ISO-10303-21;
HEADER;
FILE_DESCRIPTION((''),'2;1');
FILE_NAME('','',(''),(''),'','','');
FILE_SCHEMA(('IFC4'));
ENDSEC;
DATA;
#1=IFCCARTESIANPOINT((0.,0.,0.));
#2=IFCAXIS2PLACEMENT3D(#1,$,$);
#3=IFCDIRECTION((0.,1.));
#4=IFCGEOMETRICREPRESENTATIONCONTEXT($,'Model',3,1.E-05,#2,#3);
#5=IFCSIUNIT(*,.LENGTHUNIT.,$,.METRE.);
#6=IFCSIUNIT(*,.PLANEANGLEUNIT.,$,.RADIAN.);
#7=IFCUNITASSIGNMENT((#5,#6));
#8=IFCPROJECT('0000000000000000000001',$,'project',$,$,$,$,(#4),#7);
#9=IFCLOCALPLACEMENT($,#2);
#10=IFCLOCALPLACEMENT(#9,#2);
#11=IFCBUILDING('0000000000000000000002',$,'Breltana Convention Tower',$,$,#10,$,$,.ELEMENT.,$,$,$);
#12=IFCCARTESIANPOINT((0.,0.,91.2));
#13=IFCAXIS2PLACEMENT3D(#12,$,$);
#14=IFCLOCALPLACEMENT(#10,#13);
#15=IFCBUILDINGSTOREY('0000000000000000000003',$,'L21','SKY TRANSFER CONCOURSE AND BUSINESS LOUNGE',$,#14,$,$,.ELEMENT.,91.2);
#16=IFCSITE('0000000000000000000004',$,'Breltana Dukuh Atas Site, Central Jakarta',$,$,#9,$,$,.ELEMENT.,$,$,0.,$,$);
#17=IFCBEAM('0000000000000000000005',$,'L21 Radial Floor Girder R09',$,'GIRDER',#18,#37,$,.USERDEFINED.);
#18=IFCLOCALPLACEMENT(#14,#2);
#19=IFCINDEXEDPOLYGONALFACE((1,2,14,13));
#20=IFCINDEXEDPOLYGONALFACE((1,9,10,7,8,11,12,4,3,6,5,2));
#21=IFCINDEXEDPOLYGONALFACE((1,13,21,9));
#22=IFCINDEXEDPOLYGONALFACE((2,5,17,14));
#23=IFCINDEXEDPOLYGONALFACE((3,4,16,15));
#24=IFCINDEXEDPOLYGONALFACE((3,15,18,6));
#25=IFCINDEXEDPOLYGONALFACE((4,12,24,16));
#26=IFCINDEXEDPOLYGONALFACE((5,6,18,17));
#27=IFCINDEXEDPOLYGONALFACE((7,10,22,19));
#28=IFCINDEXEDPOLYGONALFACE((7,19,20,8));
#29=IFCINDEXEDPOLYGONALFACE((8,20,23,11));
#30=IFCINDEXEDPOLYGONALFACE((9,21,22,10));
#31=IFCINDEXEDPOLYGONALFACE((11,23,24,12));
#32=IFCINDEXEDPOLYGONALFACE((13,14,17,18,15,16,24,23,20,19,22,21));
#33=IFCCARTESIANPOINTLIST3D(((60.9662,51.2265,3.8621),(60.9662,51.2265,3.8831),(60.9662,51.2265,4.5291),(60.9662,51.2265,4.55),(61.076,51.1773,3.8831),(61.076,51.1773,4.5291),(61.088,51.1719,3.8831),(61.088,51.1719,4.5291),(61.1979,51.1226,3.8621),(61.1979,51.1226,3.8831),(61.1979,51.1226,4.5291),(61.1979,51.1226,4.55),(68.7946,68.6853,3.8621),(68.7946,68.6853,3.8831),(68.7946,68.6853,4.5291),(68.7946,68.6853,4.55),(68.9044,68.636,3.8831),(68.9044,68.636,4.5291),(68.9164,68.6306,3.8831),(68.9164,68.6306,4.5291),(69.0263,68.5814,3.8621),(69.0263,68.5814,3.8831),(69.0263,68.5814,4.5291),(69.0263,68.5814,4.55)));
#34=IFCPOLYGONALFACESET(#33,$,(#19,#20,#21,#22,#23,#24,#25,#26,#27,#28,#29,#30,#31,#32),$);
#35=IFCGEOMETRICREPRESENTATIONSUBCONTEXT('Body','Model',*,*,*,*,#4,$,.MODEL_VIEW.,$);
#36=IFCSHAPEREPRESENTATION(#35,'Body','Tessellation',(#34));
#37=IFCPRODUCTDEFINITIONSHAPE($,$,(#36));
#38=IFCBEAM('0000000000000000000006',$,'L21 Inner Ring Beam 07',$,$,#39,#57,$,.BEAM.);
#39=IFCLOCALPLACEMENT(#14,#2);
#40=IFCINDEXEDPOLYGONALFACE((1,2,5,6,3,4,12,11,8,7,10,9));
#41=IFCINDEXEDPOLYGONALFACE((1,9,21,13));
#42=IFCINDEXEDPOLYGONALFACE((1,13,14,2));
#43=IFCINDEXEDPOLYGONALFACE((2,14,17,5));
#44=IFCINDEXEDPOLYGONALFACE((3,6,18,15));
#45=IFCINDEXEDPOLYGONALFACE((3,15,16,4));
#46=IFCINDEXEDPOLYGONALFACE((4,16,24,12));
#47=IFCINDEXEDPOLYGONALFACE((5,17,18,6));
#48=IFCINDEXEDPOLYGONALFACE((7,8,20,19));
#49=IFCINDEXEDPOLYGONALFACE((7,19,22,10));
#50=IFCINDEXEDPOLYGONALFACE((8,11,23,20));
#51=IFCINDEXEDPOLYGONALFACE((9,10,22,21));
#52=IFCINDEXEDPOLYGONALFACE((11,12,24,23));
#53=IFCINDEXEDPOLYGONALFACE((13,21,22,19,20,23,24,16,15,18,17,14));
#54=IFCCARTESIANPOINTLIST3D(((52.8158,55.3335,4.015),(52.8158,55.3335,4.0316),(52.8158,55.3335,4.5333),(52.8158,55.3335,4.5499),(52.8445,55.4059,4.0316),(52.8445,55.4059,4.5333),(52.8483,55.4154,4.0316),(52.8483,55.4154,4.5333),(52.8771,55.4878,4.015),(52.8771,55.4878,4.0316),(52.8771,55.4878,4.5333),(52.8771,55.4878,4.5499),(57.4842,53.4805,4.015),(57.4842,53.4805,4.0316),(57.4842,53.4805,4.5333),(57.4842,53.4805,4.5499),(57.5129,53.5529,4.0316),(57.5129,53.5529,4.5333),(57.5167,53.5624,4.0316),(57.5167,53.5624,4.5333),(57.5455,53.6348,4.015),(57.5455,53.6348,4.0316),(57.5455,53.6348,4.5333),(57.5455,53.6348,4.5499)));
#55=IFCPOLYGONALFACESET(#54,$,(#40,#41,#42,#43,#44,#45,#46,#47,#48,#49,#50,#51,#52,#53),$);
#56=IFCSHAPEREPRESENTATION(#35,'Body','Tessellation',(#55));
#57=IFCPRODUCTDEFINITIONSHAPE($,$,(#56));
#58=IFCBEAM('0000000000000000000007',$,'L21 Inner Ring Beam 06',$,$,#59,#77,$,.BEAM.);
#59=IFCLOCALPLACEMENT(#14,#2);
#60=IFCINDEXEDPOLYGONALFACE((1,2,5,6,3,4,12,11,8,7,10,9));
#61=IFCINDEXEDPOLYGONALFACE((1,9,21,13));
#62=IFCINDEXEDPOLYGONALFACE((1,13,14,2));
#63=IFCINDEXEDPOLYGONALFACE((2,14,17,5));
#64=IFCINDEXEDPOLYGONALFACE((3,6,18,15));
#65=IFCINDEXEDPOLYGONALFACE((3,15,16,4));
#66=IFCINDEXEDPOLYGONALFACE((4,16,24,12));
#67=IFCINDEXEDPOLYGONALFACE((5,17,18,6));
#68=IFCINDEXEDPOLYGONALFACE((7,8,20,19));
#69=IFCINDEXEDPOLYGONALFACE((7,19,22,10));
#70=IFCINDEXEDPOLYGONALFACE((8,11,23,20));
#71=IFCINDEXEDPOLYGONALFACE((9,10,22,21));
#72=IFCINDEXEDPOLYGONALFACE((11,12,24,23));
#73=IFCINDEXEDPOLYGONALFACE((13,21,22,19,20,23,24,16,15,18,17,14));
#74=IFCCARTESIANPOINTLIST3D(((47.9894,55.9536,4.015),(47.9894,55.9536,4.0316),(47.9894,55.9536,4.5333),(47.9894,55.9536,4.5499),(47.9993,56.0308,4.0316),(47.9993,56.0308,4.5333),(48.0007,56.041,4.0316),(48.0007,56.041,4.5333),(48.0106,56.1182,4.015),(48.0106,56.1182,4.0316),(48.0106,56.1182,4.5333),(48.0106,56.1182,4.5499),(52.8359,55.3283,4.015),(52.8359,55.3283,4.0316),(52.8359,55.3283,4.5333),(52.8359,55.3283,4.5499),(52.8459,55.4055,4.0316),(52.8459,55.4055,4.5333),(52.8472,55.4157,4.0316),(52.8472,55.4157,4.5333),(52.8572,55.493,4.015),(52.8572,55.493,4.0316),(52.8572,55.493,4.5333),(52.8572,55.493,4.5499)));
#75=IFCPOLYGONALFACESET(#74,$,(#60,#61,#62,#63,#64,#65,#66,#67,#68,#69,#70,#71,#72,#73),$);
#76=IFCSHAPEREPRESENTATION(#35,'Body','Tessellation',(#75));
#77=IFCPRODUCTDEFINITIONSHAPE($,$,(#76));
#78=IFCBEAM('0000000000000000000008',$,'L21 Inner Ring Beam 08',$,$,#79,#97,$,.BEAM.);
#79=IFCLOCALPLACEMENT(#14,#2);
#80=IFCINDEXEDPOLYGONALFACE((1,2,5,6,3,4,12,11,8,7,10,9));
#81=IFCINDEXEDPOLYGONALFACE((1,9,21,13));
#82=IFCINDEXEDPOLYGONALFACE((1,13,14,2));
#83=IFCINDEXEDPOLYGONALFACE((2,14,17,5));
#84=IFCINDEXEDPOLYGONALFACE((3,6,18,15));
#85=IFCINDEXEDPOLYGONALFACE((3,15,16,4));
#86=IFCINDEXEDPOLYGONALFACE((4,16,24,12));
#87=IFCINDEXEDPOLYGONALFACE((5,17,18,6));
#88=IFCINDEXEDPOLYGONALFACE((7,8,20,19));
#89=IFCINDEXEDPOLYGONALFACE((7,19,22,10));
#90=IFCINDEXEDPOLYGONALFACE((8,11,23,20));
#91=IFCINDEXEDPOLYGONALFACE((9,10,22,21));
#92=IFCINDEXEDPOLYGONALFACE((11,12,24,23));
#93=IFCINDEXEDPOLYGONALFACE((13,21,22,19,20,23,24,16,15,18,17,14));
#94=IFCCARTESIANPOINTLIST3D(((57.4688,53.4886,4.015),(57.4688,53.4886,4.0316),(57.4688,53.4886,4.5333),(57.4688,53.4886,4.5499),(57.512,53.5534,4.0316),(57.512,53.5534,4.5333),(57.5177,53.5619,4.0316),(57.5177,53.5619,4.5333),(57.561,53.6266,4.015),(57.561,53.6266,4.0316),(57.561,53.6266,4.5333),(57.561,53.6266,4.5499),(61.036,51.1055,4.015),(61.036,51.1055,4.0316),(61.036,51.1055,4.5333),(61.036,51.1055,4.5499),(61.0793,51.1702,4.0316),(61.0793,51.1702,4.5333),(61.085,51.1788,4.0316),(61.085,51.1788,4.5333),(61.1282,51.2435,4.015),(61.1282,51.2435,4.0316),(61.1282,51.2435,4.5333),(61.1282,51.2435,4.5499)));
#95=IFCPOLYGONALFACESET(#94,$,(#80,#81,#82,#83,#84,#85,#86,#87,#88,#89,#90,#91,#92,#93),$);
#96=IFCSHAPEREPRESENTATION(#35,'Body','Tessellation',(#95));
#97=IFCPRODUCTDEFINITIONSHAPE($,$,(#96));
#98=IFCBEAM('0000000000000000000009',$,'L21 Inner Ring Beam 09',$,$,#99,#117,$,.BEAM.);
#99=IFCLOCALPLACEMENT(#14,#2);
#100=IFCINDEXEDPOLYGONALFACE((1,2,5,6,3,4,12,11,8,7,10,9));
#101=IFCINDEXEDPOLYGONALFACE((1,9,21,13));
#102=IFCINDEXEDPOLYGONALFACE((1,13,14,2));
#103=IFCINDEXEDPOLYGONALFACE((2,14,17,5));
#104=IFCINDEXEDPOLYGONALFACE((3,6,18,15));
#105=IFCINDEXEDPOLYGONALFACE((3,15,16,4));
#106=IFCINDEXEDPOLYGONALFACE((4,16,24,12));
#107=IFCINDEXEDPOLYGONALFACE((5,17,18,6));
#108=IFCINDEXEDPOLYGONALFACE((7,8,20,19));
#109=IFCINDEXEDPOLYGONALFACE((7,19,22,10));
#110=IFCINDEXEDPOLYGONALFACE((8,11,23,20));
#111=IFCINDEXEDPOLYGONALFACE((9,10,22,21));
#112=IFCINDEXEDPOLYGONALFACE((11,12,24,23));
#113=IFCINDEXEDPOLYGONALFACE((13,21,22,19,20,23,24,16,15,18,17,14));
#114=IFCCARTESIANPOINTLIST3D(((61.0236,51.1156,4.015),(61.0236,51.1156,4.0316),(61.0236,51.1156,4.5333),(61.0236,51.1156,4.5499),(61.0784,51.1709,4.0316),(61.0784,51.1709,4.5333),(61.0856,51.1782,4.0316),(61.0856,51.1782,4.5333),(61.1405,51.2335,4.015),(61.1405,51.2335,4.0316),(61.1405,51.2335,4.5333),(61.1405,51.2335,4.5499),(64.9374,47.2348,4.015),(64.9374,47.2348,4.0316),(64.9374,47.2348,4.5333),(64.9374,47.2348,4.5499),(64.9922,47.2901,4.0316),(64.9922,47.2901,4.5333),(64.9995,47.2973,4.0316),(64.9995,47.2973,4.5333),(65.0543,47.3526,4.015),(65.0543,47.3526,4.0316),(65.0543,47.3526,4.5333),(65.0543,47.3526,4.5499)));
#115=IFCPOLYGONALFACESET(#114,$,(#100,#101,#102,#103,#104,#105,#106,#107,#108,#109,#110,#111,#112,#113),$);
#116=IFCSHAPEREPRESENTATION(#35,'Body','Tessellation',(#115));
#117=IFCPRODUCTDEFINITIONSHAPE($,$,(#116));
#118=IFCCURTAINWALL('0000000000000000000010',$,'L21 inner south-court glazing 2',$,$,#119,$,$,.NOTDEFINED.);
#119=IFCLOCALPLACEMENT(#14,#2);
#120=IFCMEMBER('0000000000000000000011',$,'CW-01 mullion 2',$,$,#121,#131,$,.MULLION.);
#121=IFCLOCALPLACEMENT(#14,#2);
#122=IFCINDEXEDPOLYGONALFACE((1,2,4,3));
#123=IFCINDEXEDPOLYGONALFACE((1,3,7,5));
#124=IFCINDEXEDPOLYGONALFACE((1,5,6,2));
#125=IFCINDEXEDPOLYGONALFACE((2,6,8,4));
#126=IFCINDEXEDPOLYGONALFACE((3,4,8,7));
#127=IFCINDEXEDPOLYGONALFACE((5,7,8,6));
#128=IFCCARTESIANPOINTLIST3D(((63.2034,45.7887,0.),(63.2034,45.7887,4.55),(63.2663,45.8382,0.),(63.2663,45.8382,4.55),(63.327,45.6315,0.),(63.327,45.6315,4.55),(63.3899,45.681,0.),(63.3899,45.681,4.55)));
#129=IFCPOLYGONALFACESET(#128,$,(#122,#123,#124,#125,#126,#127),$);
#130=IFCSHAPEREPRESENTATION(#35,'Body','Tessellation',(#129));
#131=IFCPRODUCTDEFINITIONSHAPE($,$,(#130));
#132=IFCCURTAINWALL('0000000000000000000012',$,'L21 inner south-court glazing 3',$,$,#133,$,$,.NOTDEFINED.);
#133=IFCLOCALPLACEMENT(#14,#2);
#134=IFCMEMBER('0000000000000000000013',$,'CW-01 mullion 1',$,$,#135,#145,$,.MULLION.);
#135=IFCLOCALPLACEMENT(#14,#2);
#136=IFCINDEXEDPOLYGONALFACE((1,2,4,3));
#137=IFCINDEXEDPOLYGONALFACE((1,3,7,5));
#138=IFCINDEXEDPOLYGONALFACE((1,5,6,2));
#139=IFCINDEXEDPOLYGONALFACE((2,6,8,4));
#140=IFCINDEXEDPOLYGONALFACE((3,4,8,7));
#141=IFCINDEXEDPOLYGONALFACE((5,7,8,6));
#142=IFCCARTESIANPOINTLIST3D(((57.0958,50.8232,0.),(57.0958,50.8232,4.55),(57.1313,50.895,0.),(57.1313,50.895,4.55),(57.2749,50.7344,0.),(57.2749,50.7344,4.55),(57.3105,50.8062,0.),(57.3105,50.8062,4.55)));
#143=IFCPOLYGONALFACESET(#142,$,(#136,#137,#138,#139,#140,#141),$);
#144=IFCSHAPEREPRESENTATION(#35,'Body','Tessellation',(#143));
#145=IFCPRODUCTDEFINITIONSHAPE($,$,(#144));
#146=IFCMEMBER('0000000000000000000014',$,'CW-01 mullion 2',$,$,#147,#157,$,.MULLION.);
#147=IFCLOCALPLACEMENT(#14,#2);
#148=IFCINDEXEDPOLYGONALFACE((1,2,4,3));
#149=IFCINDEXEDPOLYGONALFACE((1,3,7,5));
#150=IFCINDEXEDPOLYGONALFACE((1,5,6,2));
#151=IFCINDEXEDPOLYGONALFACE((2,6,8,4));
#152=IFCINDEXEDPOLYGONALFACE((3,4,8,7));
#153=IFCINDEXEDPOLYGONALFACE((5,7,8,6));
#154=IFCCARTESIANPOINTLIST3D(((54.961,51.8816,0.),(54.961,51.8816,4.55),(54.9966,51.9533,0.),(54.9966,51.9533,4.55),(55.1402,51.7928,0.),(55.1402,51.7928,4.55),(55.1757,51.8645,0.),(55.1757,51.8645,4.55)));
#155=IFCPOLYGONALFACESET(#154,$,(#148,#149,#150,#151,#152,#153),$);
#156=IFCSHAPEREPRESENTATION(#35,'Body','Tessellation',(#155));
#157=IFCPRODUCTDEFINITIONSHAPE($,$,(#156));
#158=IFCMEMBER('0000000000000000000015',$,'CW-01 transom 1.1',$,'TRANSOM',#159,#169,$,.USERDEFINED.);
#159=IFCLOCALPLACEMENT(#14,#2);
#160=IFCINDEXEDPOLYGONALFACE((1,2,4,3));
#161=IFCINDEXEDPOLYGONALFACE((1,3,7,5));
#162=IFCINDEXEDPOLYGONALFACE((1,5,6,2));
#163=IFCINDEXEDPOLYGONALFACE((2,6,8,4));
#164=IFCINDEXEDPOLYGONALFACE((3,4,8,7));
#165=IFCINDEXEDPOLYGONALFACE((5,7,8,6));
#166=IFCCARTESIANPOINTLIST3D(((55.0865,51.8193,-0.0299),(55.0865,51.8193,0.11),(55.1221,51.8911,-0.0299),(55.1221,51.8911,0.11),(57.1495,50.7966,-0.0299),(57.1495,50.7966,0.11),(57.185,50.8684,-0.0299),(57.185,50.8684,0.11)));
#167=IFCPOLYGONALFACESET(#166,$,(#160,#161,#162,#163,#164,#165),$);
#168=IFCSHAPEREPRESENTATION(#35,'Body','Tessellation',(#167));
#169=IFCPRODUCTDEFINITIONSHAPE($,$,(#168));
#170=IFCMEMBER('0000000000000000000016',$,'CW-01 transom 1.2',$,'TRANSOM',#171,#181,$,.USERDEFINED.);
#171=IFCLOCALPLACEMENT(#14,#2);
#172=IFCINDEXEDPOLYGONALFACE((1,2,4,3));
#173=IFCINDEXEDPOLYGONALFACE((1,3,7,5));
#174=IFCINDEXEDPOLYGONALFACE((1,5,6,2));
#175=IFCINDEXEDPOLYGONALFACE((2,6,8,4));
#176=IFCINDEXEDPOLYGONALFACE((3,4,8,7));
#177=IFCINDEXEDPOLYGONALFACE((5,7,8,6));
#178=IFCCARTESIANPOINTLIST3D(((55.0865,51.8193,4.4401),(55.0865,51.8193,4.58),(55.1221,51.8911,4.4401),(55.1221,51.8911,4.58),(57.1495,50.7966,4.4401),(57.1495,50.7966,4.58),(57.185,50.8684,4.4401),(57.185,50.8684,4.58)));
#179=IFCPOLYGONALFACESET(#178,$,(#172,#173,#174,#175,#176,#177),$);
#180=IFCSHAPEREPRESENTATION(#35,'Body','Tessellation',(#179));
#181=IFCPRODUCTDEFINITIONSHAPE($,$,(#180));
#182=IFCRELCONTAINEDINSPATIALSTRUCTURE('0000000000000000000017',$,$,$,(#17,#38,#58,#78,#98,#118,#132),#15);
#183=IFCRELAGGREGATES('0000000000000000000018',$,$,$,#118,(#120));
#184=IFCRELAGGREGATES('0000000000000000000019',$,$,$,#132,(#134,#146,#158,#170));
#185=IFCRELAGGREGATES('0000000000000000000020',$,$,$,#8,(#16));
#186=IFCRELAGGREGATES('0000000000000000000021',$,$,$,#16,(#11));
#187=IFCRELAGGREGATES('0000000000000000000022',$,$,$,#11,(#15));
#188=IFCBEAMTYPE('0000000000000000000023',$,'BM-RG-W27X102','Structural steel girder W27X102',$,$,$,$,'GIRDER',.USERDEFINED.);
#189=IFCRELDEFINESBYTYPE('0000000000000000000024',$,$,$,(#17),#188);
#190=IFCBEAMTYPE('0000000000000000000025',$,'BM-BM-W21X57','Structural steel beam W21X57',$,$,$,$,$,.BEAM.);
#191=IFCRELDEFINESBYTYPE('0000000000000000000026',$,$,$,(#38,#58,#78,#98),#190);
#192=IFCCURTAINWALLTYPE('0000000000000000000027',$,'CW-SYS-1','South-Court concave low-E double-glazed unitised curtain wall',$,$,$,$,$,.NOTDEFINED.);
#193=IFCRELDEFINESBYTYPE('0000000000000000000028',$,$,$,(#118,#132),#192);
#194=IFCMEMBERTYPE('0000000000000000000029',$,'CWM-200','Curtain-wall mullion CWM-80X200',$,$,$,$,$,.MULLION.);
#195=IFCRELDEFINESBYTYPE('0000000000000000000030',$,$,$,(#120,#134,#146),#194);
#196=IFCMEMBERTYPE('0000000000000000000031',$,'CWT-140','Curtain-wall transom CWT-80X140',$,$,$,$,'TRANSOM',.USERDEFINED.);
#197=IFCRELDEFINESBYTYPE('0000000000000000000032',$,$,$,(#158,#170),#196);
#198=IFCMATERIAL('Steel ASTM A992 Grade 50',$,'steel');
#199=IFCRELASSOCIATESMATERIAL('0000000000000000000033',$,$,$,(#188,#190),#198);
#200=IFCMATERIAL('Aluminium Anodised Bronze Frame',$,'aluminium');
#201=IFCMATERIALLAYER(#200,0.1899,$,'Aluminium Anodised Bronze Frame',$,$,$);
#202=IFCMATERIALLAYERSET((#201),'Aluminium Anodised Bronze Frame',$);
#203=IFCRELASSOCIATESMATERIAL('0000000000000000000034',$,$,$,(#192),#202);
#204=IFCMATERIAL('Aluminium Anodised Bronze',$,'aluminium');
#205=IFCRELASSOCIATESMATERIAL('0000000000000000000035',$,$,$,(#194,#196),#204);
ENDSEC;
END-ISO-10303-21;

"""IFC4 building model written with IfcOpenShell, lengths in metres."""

from ifc_helpers import new_model, si_unit, direction, frame, origin, origin_2d, place, context, subcontext, project, spatial, rectangle, i_section, extrude, source, transform, mapped, material, layer, layer_set, material_profile, profile_set, type_object, element, aggregate, save


model = new_model("IFC4")

# Units and contexts
model_context = context("Model", 3, precision=1e-05, world=origin(), true_north=direction((0.0, 1.0)))
body_context = subcontext(model_context, "Body", "Model", "MODEL_VIEW")
ifc_project = project(units=[si_unit("LENGTHUNIT", "METRE"), si_unit("PLANEANGLEUNIT", "RADIAN")], contexts=[model_context])

# Site, building, storey
site_placement = place(None, origin())
site = spatial("IfcSite", under=ifc_project, at=site_placement, Name="Breltana Dukuh Atas Site, Central Jakarta", CompositionType="ELEMENT", RefElevation=0.0)
building_placement = place(site_placement, origin())
building = spatial("IfcBuilding", under=site, at=building_placement, Name="Breltana Convention Tower", CompositionType="ELEMENT")
storey_placement = place(building_placement, frame((0.0, 0.0, 91.2)))
storey = spatial("IfcBuildingStorey", under=building, at=storey_placement, Name="L21", Description="SKY TRANSFER CONCOURSE AND BUSINESS LOUNGE", CompositionType="ELEMENT", Elevation=91.2)

# Beams
ifc_material_1 = material(Name="Steel ASTM A992 Grade 50", Category="steel")
ifc_material_profile_1 = material_profile(ifc_material_1, i_section(OverallWidth=0.2539, OverallDepth=0.688, WebThickness=0.0132, FlangeThickness=0.021, at=origin_2d()), Name="W27X102")
ifc_profile_set_1 = profile_set([ifc_material_profile_1], Name="Steel ASTM A992 Grade 50")
beam_type_1 = type_object("IfcBeamType", Name="BM-RG-W27X102", Description="Structural steel girder W27X102", ElementType="GIRDER", PredefinedType="USERDEFINED", material=ifc_profile_set_1)
shared_shape_1 = source(origin(), body_context, "Body", "SweptSolid", [
    extrude(i_section(OverallWidth=0.2539, OverallDepth=0.688, WebThickness=0.0132, FlangeThickness=0.021, at=origin_2d()), origin(), (0.0, 0.0, 1.0), 19.1335),
])
beam_1_placement = place(storey_placement, frame((61.082, 51.1746, 4.2061), z_axis=(0.409145, 0.91247, 0.0), x_axis=(-0.91247, 0.409145, 0.0)))
element("IfcBeam", 1, at=beam_1_placement, inside=storey, type_object=beam_type_1, Name="L21 Radial Floor Girder R09", ObjectType="GIRDER", PredefinedType="USERDEFINED", context=body_context, shape_type="MappedRepresentation", body=[
    mapped(shared_shape_1, transform((0.0, 0.0, 0.0), scale=1.0)),
])
ifc_material_profile_2 = material_profile(ifc_material_1, i_section(OverallWidth=0.166, OverallDepth=0.5349, WebThickness=0.0103, FlangeThickness=0.0166, at=origin_2d()), Name="W21X57")
ifc_profile_set_2 = profile_set([ifc_material_profile_2], Name="Steel ASTM A992 Grade 50")
beam_type_2 = type_object("IfcBeamType", Name="BM-BM-W21X57", Description="Structural steel beam W21X57", PredefinedType="BEAM", material=ifc_profile_set_2)
shared_shape_2 = source(origin(), body_context, "Body", "SweptSolid", [
    extrude(i_section(OverallWidth=0.166, OverallDepth=0.5349, WebThickness=0.0103, FlangeThickness=0.0166, at=origin_2d()), origin(), (0.0, 0.0, 1.0), 5.0227),
])
beam_2_placement = place(storey_placement, frame((52.8464, 55.4106, 4.2825), z_axis=(0.929459, -0.368926, 0.0), x_axis=(0.368926, 0.929459, 0.0)))
element("IfcBeam", 2, at=beam_2_placement, inside=storey, type_object=beam_type_2, Name="L21 Inner Ring Beam 07", PredefinedType="BEAM", context=body_context, shape_type="MappedRepresentation", body=[
    mapped(shared_shape_2, transform((0.0, 0.0, 0.0), scale=1.0)),
])
shared_shape_3 = source(origin(), body_context, "Body", "SweptSolid", [
    extrude(i_section(OverallWidth=0.166, OverallDepth=0.5349, WebThickness=0.0103, FlangeThickness=0.0166, at=origin_2d()), origin(), (0.0, 0.0, 1.0), 4.8867),
])
beam_3_placement = place(storey_placement, frame((48.0, 56.0359, 4.2825), z_axis=(0.991781, -0.127951, 0.0), x_axis=(0.127951, 0.991781, 0.0)))
element("IfcBeam", 3, at=beam_3_placement, inside=storey, type_object=beam_type_2, Name="L21 Inner Ring Beam 06", PredefinedType="BEAM", context=body_context, shape_type="MappedRepresentation", body=[
    mapped(shared_shape_3, transform((0.0, 0.0, 0.0), scale=1.0)),
])
shared_shape_4 = source(origin(), body_context, "Body", "SweptSolid", [
    extrude(i_section(OverallWidth=0.166, OverallDepth=0.5349, WebThickness=0.0103, FlangeThickness=0.0166, at=origin_2d()), origin(), (0.0, 0.0, 1.0), 4.29),
])
beam_4_placement = place(storey_placement, frame((57.5149, 53.5576, 4.2825), z_axis=(0.831516, -0.555501, 0.0), x_axis=(0.555501, 0.831516, 0.0)))
element("IfcBeam", 4, at=beam_4_placement, inside=storey, type_object=beam_type_2, Name="L21 Inner Ring Beam 08", PredefinedType="BEAM", context=body_context, shape_type="MappedRepresentation", body=[
    mapped(shared_shape_4, transform((0.0, 0.0, 0.0), scale=1.0)),
])
shared_shape_5 = source(origin(), body_context, "Body", "SweptSolid", [
    extrude(i_section(OverallWidth=0.166, OverallDepth=0.5349, WebThickness=0.0103, FlangeThickness=0.0166, at=origin_2d()), origin(), (0.0, 0.0, 1.0), 5.5117),
])
beam_5_placement = place(storey_placement, frame((61.082, 51.1746, 4.2825), z_axis=(0.71009, -0.704111, 0.0), x_axis=(0.704111, 0.71009, 0.0)))
element("IfcBeam", 5, at=beam_5_placement, inside=storey, type_object=beam_type_2, Name="L21 Inner Ring Beam 09", PredefinedType="BEAM", context=body_context, shape_type="MappedRepresentation", body=[
    mapped(shared_shape_5, transform((0.0, 0.0, 0.0), scale=1.0)),
])

# Curtain wall, member
ifc_material_2 = material(Name="Aluminium Anodised Bronze Frame", Category="aluminium")
ifc_layer_1 = layer(ifc_material_2, 0.1899, Name="Aluminium Anodised Bronze Frame")
ifc_layer_set_1 = layer_set([ifc_layer_1], Name="Aluminium Anodised Bronze Frame")
curtain_wall_type = type_object("IfcCurtainWallType", Name="CW-SYS-1", Description="South-Court concave low-E double-glazed unitised curtain wall", PredefinedType="NOTDEFINED", material=ifc_layer_set_1)
curtain_wall_1_placement = place(storey_placement, origin())
curtain_wall_1 = element("IfcCurtainWall", 6, at=curtain_wall_1_placement, inside=storey, type_object=curtain_wall_type, Name="L21 inner south-court glazing 2", PredefinedType="NOTDEFINED")
ifc_material_3 = material(Name="Aluminium Anodised Bronze", Category="aluminium")
ifc_material_profile_3 = material_profile(ifc_material_3, rectangle(XDim=0.0801, YDim=0.2, at=origin_2d()), Name="CWM-80X200")
ifc_profile_set_3 = profile_set([ifc_material_profile_3], Name="Aluminium Anodised Bronze")
member_type_1 = type_object("IfcMemberType", Name="CWM-200", Description="Curtain-wall mullion CWM-80X200", PredefinedType="MULLION", material=ifc_profile_set_3)
shared_shape_6 = source(origin(), body_context, "Body", "SweptSolid", [
    extrude(rectangle(XDim=0.0801, YDim=0.2, at=origin_2d()), origin(), (0.0, 0.0, 1.0), 4.55),
])
member_1_placement = place(storey_placement, frame((63.2966, 45.7349, 0.0), z_axis=(0.0, 0.0, 1.0), x_axis=(-0.786054, -0.618157, 0.0)))
member_1 = element("IfcMember", 7, at=member_1_placement, type_object=member_type_1, Name="CW-01 mullion 2", PredefinedType="MULLION", context=body_context, shape_type="MappedRepresentation", body=[
    mapped(shared_shape_6, transform((0.0, 0.0, 0.0), scale=1.0)),
])

# Curtain wall, members
curtain_wall_2_placement = place(storey_placement, origin())
curtain_wall_2 = element("IfcCurtainWall", 8, at=curtain_wall_2_placement, inside=storey, type_object=curtain_wall_type, Name="L21 inner south-court glazing 3", PredefinedType="NOTDEFINED")
member_2_placement = place(storey_placement, frame((57.2031, 50.8147, 0.0), z_axis=(0.0, 0.0, 1.0), x_axis=(-0.444125, -0.895965, 0.0)))
member_2 = element("IfcMember", 9, at=member_2_placement, type_object=member_type_1, Name="CW-01 mullion 1", PredefinedType="MULLION", context=body_context, shape_type="MappedRepresentation", body=[
    mapped(shared_shape_6, transform((0.0, 0.0, 0.0), scale=1.0)),
])
member_3_placement = place(storey_placement, frame((55.0684, 51.873, 0.0), z_axis=(0.0, 0.0, 1.0), x_axis=(-0.444125, -0.895965, 0.0)))
member_3 = element("IfcMember", 10, at=member_3_placement, type_object=member_type_1, Name="CW-01 mullion 2", PredefinedType="MULLION", context=body_context, shape_type="MappedRepresentation", body=[
    mapped(shared_shape_6, transform((0.0, 0.0, 0.0), scale=1.0)),
])
ifc_material_profile_4 = material_profile(ifc_material_3, rectangle(XDim=0.0801, YDim=0.1399, at=origin_2d()), Name="CWT-80X140")
ifc_profile_set_4 = profile_set([ifc_material_profile_4], Name="Aluminium Anodised Bronze")
member_type_2 = type_object("IfcMemberType", Name="CWT-140", Description="Curtain-wall transom CWT-80X140", ElementType="TRANSOM", PredefinedType="USERDEFINED", material=ifc_profile_set_4)
shared_shape_7 = source(origin(), body_context, "Body", "SweptSolid", [
    extrude(rectangle(XDim=0.0801, YDim=0.1399, at=origin_2d()), origin(), (0.0, 0.0, 1.0), 2.3025),
])
member_4_placement = place(storey_placement, frame((57.1672, 50.8325, 0.04), z_axis=(-0.895949, 0.444157, 0.0), x_axis=(-0.444157, -0.895949, 0.0)))
member_4 = element("IfcMember", 11, at=member_4_placement, type_object=member_type_2, Name="CW-01 transom 1.1", ObjectType="TRANSOM", PredefinedType="USERDEFINED", context=body_context, shape_type="MappedRepresentation", body=[
    mapped(shared_shape_7, transform((0.0, 0.0, 0.0), scale=1.0)),
])
member_5_placement = place(storey_placement, frame((57.1672, 50.8325, 4.51), z_axis=(-0.895949, 0.444157, 0.0), x_axis=(-0.444157, -0.895949, 0.0)))
member_5 = element("IfcMember", 12, at=member_5_placement, type_object=member_type_2, Name="CW-01 transom 1.2", ObjectType="TRANSOM", PredefinedType="USERDEFINED", context=body_context, shape_type="MappedRepresentation", body=[
    mapped(shared_shape_7, transform((0.0, 0.0, 0.0), scale=1.0)),
])

aggregate(curtain_wall_1, [member_1])
aggregate(curtain_wall_2, [member_2, member_3, member_4, member_5])

save(model, "model.ifc")
